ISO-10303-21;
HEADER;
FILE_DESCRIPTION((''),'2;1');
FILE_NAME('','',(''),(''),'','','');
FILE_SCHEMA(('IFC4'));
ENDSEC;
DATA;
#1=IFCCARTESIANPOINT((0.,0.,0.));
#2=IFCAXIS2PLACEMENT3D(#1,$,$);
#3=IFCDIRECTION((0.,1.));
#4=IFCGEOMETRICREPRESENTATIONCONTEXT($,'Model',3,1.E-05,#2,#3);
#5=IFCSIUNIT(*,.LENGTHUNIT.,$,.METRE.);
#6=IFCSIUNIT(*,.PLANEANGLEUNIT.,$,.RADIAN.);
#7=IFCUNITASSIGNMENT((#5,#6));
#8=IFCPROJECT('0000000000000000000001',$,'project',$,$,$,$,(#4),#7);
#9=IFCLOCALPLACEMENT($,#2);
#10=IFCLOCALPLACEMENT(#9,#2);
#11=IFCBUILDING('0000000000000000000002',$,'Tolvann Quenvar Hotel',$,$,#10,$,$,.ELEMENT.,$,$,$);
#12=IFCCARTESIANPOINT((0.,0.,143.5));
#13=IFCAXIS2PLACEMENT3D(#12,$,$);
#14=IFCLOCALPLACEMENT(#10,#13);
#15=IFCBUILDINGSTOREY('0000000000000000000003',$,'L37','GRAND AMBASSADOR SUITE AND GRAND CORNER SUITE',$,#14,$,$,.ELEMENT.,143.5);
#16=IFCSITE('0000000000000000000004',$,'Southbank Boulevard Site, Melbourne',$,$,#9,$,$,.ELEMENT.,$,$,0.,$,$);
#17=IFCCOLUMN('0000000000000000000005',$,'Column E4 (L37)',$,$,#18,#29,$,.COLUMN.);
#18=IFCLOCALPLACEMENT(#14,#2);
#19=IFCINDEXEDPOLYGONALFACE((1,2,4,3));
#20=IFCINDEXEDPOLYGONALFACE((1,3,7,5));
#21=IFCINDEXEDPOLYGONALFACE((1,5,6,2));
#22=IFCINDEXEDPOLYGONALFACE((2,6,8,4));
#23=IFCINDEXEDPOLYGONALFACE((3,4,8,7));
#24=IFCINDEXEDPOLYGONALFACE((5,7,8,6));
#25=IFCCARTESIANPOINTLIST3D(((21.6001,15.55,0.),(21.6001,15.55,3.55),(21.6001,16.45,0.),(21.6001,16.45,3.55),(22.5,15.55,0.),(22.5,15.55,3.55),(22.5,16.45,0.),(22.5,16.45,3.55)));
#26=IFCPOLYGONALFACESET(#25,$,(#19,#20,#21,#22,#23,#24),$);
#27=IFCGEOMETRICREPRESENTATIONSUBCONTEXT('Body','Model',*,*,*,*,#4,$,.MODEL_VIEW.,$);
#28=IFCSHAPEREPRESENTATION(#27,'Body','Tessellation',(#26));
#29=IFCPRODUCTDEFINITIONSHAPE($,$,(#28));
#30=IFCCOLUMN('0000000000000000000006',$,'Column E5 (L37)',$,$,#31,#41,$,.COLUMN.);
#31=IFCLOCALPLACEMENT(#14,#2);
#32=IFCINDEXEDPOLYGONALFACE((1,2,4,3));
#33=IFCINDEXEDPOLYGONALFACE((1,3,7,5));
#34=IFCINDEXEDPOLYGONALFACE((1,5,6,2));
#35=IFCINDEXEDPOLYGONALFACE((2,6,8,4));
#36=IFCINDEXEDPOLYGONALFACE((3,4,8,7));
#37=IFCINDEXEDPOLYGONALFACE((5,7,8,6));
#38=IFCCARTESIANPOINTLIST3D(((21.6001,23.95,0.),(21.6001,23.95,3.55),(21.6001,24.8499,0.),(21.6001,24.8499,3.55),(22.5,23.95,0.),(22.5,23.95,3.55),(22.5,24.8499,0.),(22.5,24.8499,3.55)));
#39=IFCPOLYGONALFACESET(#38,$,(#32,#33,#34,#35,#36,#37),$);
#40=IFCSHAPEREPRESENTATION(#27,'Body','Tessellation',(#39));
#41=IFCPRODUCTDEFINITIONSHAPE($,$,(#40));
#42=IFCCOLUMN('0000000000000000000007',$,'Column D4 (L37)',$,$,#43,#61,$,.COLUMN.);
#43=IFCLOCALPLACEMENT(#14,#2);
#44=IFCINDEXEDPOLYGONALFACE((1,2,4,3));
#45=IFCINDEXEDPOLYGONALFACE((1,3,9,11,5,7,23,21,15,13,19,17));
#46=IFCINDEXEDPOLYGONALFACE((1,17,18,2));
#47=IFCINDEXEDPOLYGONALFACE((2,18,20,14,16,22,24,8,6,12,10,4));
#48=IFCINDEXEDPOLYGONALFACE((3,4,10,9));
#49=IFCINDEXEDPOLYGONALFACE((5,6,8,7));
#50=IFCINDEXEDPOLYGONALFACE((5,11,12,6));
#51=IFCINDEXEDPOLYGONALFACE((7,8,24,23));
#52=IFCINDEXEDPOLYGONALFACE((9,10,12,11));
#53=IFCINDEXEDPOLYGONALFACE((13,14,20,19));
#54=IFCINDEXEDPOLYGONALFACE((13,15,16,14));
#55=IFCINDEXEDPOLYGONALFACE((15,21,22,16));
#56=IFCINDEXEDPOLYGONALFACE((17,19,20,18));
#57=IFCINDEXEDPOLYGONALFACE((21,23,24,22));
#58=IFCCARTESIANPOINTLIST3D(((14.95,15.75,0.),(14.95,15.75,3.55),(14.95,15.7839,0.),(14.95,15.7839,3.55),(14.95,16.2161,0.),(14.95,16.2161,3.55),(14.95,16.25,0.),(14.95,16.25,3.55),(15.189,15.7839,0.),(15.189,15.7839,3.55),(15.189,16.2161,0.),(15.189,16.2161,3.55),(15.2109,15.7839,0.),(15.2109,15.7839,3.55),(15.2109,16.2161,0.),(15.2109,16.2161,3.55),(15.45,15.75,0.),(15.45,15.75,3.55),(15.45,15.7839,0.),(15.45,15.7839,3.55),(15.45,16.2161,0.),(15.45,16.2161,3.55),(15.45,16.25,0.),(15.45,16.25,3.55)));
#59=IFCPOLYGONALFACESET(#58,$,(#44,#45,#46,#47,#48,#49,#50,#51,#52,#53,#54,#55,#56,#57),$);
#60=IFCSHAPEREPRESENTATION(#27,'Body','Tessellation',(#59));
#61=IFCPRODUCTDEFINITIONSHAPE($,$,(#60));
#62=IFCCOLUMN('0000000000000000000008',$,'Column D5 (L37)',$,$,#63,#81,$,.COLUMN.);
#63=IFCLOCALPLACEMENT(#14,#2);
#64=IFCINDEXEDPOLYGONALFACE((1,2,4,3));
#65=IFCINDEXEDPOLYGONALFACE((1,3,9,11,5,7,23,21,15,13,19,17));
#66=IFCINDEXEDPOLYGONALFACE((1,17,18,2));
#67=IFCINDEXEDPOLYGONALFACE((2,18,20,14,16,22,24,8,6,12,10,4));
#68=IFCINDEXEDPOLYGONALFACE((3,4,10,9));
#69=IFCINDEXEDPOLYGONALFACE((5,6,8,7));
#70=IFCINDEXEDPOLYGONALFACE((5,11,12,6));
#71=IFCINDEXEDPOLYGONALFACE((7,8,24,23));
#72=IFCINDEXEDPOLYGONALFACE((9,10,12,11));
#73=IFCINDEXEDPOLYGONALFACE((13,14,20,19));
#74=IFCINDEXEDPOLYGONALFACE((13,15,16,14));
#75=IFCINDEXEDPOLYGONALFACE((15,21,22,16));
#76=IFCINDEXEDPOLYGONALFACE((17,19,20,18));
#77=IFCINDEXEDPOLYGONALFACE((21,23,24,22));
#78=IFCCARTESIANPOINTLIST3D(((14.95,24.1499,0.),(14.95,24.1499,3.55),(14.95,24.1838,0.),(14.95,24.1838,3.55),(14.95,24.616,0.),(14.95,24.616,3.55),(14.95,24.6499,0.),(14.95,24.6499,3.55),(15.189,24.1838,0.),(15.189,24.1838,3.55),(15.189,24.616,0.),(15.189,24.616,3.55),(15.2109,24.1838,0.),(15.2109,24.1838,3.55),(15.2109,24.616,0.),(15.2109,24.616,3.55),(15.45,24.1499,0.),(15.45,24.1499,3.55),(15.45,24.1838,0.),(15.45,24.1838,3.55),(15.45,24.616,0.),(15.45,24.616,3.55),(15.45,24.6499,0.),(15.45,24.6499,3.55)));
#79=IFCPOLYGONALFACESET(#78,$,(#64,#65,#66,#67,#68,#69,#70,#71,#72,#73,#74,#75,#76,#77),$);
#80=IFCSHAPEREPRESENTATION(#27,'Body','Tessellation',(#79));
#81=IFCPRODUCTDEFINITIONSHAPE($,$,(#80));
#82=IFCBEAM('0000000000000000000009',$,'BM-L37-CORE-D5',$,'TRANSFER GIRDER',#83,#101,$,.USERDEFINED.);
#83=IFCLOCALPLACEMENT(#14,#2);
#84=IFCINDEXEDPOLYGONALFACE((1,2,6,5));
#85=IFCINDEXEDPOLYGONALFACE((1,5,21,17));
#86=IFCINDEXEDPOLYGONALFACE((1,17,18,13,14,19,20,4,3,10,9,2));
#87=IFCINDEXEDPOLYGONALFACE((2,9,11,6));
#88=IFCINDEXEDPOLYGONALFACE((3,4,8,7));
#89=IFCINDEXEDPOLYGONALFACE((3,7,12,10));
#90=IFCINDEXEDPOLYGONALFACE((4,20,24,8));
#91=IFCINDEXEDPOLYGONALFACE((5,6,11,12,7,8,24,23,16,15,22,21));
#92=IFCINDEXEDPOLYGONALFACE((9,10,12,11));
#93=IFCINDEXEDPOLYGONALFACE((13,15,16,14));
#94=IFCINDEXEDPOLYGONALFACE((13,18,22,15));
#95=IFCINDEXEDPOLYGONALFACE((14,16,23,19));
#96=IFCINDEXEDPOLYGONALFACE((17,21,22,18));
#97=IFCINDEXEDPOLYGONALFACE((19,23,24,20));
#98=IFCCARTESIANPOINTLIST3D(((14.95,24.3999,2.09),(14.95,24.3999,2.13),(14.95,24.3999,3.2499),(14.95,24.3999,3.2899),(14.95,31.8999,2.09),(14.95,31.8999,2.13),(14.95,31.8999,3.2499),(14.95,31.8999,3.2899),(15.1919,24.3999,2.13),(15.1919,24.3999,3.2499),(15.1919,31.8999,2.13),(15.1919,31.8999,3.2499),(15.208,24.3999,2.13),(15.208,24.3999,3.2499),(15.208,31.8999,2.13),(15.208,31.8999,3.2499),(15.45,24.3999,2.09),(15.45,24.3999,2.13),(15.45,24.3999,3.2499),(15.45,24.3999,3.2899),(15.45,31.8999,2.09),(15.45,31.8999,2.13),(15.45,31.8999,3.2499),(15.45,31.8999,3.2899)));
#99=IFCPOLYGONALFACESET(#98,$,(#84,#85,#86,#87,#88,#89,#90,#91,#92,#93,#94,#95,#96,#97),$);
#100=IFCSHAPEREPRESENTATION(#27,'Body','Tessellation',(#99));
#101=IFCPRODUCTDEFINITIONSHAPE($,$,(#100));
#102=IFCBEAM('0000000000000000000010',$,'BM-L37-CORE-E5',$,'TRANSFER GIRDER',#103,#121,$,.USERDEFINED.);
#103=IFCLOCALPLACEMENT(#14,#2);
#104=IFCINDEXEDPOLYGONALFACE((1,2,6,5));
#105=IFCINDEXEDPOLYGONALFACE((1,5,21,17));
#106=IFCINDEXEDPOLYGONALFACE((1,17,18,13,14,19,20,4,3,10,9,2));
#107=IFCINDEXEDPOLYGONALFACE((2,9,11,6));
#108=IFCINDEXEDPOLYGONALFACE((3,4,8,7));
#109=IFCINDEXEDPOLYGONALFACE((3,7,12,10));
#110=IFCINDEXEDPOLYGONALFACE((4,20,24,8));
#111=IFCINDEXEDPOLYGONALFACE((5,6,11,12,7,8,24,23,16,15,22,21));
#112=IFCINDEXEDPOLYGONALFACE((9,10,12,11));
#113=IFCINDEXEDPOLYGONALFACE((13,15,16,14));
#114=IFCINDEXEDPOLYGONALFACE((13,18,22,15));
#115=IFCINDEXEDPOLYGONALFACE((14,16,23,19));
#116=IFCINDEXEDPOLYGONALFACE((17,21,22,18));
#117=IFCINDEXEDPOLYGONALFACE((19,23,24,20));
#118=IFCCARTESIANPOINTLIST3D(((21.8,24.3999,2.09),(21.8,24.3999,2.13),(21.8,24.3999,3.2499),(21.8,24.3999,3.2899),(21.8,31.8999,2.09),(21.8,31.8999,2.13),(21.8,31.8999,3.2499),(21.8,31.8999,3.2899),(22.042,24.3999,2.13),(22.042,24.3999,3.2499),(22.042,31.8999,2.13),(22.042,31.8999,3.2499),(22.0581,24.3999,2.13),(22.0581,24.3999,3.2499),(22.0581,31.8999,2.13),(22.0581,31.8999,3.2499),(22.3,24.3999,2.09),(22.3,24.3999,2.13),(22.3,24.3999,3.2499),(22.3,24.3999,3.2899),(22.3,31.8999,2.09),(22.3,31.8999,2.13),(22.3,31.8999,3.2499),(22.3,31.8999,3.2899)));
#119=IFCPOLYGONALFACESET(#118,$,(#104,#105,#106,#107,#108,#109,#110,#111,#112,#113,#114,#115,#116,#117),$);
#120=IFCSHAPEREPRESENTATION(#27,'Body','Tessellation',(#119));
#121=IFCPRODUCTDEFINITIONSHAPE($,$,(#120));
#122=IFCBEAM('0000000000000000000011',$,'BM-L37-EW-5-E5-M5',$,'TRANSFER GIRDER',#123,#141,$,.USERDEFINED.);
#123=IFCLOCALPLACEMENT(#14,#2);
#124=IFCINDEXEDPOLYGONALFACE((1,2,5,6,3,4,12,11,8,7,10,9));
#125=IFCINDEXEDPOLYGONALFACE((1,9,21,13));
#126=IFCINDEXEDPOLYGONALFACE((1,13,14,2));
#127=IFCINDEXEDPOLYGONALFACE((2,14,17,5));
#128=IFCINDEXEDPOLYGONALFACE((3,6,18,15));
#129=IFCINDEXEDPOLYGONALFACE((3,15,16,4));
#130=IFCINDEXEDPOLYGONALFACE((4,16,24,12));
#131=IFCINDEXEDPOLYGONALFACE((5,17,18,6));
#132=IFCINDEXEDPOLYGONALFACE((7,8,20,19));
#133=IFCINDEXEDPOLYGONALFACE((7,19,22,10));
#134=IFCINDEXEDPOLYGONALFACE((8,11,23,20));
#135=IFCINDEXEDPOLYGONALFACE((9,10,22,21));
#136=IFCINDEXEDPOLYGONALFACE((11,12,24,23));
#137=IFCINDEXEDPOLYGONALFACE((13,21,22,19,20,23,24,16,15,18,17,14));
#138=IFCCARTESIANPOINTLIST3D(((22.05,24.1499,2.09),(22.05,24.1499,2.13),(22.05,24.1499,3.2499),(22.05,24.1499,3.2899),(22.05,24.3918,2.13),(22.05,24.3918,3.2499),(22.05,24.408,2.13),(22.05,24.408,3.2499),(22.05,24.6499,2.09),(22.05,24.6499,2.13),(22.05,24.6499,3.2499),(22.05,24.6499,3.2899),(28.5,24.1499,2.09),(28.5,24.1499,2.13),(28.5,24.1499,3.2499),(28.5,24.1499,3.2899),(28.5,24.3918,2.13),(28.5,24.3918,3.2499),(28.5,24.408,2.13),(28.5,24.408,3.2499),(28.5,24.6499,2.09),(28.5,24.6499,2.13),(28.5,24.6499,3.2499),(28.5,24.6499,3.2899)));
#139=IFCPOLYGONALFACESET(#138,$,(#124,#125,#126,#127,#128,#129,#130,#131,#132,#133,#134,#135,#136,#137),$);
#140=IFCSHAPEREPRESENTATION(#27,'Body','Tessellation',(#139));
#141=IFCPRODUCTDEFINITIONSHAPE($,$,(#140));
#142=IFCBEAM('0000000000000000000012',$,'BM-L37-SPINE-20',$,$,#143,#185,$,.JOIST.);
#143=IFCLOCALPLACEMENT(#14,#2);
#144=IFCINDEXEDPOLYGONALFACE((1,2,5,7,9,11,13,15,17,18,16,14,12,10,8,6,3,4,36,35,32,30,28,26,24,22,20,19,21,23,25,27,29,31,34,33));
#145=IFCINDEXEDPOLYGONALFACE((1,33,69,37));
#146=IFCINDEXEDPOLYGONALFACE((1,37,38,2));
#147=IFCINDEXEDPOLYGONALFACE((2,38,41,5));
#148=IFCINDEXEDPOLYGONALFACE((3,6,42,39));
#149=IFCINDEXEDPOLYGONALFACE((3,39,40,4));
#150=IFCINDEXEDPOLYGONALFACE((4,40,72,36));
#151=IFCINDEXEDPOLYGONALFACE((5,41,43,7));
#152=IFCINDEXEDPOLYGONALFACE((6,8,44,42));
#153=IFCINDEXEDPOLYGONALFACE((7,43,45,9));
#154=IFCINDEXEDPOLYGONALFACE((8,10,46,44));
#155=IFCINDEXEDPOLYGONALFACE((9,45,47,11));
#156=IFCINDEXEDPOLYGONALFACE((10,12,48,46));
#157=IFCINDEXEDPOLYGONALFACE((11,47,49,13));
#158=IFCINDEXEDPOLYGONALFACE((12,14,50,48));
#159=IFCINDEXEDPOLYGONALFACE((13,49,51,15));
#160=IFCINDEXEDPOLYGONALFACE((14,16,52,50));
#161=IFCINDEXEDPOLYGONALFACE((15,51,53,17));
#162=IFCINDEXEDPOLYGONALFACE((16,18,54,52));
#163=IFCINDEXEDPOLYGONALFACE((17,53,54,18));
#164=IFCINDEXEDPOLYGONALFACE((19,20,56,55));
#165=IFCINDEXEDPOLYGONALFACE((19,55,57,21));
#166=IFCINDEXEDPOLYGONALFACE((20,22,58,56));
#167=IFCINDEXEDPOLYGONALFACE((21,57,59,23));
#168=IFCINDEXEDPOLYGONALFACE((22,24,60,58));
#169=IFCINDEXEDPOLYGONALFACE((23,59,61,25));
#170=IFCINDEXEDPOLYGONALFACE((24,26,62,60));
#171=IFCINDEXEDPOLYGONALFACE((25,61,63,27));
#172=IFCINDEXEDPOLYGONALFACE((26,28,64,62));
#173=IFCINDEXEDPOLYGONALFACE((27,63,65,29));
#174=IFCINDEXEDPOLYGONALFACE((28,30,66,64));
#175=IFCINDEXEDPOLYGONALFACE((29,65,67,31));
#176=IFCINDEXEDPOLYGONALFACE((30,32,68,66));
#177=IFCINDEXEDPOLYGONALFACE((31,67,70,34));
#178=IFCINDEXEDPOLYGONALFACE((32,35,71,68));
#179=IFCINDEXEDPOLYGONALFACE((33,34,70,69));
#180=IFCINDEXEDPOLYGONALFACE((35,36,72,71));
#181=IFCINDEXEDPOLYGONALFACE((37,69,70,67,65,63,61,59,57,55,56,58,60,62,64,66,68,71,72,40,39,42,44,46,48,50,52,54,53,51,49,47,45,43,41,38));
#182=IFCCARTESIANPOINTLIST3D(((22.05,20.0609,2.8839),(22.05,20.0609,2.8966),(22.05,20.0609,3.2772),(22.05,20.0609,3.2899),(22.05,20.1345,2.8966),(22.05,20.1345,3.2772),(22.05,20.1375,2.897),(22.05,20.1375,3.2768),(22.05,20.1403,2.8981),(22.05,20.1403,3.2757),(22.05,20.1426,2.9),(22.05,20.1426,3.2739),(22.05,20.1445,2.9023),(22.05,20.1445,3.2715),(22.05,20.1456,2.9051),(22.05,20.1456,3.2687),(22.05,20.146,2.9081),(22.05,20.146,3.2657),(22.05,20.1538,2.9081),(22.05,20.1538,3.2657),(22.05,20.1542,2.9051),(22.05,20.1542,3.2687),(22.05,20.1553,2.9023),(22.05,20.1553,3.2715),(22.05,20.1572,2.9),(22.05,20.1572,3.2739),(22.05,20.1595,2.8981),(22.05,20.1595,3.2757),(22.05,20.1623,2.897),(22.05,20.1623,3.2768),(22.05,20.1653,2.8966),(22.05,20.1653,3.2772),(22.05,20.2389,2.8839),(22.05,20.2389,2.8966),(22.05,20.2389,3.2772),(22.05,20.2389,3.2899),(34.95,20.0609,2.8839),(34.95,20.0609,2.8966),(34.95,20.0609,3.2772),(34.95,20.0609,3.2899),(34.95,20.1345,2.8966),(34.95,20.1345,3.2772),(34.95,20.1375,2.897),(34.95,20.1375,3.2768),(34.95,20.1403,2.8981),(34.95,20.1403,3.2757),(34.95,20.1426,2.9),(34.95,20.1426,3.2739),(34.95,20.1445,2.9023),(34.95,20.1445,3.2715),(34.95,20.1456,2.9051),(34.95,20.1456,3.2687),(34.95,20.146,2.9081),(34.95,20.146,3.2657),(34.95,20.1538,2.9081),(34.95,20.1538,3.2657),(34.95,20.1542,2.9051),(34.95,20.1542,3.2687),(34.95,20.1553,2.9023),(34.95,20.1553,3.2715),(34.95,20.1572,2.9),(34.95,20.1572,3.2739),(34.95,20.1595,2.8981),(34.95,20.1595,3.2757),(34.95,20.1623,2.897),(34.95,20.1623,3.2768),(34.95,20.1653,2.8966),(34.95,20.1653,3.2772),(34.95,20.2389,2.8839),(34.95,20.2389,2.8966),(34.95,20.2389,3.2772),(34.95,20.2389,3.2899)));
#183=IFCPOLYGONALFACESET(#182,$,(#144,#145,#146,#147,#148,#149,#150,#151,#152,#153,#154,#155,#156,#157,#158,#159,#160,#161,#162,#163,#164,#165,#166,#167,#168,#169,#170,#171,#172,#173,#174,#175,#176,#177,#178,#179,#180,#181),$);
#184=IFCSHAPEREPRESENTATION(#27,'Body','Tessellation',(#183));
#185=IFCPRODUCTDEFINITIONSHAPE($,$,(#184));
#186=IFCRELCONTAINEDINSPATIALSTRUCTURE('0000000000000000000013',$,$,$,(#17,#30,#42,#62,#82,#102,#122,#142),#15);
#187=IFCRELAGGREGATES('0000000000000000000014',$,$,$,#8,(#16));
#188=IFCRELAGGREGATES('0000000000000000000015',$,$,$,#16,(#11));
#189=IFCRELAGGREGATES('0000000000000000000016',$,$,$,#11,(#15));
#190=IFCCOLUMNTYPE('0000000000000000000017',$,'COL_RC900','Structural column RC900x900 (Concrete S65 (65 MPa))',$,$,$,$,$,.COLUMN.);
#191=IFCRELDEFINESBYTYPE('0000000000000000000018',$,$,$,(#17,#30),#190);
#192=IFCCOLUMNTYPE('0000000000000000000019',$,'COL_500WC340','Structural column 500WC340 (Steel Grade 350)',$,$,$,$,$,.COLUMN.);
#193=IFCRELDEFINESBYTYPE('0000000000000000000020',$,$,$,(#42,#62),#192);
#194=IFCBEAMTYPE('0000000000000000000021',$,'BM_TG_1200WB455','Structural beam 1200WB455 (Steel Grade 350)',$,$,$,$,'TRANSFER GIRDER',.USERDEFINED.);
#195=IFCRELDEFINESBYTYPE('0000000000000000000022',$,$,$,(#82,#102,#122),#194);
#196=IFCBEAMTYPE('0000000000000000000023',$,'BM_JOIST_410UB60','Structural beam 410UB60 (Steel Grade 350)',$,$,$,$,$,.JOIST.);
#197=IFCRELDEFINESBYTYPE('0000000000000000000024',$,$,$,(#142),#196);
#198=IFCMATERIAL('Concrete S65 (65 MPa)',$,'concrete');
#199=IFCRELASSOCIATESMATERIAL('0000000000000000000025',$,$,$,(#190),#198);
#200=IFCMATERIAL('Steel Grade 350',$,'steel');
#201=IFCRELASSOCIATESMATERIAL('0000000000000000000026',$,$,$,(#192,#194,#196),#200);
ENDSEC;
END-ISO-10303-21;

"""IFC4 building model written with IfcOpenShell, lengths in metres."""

from ifc_helpers import new_model, si_unit, direction, frame, origin, origin_2d, place, context, subcontext, project, spatial, rectangle, i_section, extrude, source, transform, mapped, material, material_profile, profile_set, type_object, type_shapes, element, save


model = new_model("IFC4")

# Units and contexts
model_context = context("Model", 3, precision=1e-05, world=origin(), true_north=direction((0.0, 1.0)))
body_context = subcontext(model_context, "Body", "Model", "MODEL_VIEW")
ifc_project = project(units=[si_unit("LENGTHUNIT", "METRE"), si_unit("PLANEANGLEUNIT", "RADIAN")], contexts=[model_context])

# Site, building, storey
site_placement = place(None, origin())
site = spatial("IfcSite", under=ifc_project, at=site_placement, Name="Southbank Boulevard Site, Melbourne", CompositionType="ELEMENT", RefElevation=0.0)
building_placement = place(site_placement, origin())
building = spatial("IfcBuilding", under=site, at=building_placement, Name="Tolvann Quenvar Hotel", CompositionType="ELEMENT")
storey_placement = place(building_placement, frame((0.0, 0.0, 143.5)))
storey = spatial("IfcBuildingStorey", under=building, at=storey_placement, Name="L37", Description="GRAND AMBASSADOR SUITE AND GRAND CORNER SUITE", CompositionType="ELEMENT", Elevation=143.5)

# Columns
ifc_material_1 = material(Name="Concrete S65 (65 MPa)", Category="concrete")
ifc_material_profile_1 = material_profile(ifc_material_1, rectangle(XDim=0.8999, YDim=0.8999, at=origin_2d()), Name="RC900x900")
ifc_profile_set_1 = profile_set([ifc_material_profile_1], Name="Concrete S65 (65 MPa)")
column_type_1 = type_object("IfcColumnType", Name="COL_RC900", Description="Structural column RC900x900 (Concrete S65 (65 MPa))", PredefinedType="COLUMN", material=ifc_profile_set_1)
shared_shape_1 = source(origin(), body_context, "Body", "SweptSolid", [
    extrude(rectangle(XDim=0.8999, YDim=0.8999, at=origin_2d()), origin(), (0.0, 0.0, 1.0), 3.55),
])
type_shapes(column_type_1, [shared_shape_1])
for number, where, z_axis, x_axis, name in (
    (1, (22.05, 16.0, 0.0), (0.0, 0.0, 1.0), (1.0, 0.0, 0.0), "Column E4 (L37)"),
    (2, (22.05, 24.3999, 0.0), (0.0, 0.0, 1.0), (1.0, 0.0, 0.0), "Column E5 (L37)"),
):
    element("IfcColumn", number, at=place(storey_placement, frame(where, z_axis=z_axis, x_axis=x_axis)), inside=storey, type_object=column_type_1, Name=name, PredefinedType="COLUMN", context=body_context, shape_type="MappedRepresentation", body=[
        mapped(shared_shape_1, transform((0.0, 0.0, 0.0), x_axis=(1.0, 0.0, 0.0), y_axis=(0.0, 1.0, 0.0), z_axis=(0.0, 0.0, 1.0), scale=1.0)),
    ])
ifc_material_2 = material(Name="Steel Grade 350", Category="steel")
ifc_material_profile_2 = material_profile(ifc_material_2, i_section(OverallWidth=0.5, OverallDepth=0.5, WebThickness=0.022, FlangeThickness=0.0339, at=origin_2d()), Name="500WC340")
ifc_profile_set_2 = profile_set([ifc_material_profile_2], Name="Steel Grade 350")
column_type_2 = type_object("IfcColumnType", Name="COL_500WC340", Description="Structural column 500WC340 (Steel Grade 350)", PredefinedType="COLUMN", material=ifc_profile_set_2)
shared_shape_2 = source(origin(), body_context, "Body", "SweptSolid", [
    extrude(i_section(OverallWidth=0.5, OverallDepth=0.5, WebThickness=0.022, FlangeThickness=0.0339, at=origin_2d()), origin(), (0.0, 0.0, 1.0), 3.55),
])
type_shapes(column_type_2, [shared_shape_2])
for number, where, z_axis, x_axis, name in (
    (3, (15.2, 16.0, 0.0), (0.0, 0.0, 1.0), (1.0, 0.0, 0.0), "Column D4 (L37)"),
    (4, (15.2, 24.3999, 0.0), (0.0, 0.0, 1.0), (1.0, 0.0, 0.0), "Column D5 (L37)"),
):
    element("IfcColumn", number, at=place(storey_placement, frame(where, z_axis=z_axis, x_axis=x_axis)), inside=storey, type_object=column_type_2, Name=name, PredefinedType="COLUMN", context=body_context, shape_type="MappedRepresentation", body=[
        mapped(shared_shape_2, transform((0.0, 0.0, 0.0), x_axis=(1.0, 0.0, 0.0), y_axis=(0.0, 1.0, 0.0), z_axis=(0.0, 0.0, 1.0), scale=1.0)),
    ])

# Beams
ifc_material_profile_3 = material_profile(ifc_material_2, i_section(OverallWidth=0.5, OverallDepth=1.2, WebThickness=0.0161, FlangeThickness=0.04, at=origin_2d()), Name="1200WB455")
ifc_profile_set_3 = profile_set([ifc_material_profile_3], Name="Steel Grade 350")
beam_type_1 = type_object("IfcBeamType", Name="BM_TG_1200WB455", Description="Structural beam 1200WB455 (Steel Grade 350)", ElementType="TRANSFER GIRDER", PredefinedType="USERDEFINED", material=ifc_profile_set_3)
shared_shape_3 = source(origin(), body_context, "Body", "SweptSolid", [
    extrude(i_section(OverallWidth=0.5, OverallDepth=1.2, WebThickness=0.0161, FlangeThickness=0.04, at=origin_2d()), origin(), (0.0, 0.0, 1.0), 7.5),
])
for number, where, z_axis, x_axis, name in (
    (5, (15.2, 24.3999, 2.6899), (0.0, 1.0, 0.0), (-1.0, 0.0, 0.0), "BM-L37-CORE-D5"),
    (6, (22.05, 24.3999, 2.6899), (0.0, 1.0, 0.0), (-1.0, 0.0, 0.0), "BM-L37-CORE-E5"),
):
    element("IfcBeam", number, at=place(storey_placement, frame(where, z_axis=z_axis, x_axis=x_axis)), inside=storey, type_object=beam_type_1, Name=name, ObjectType="TRANSFER GIRDER", PredefinedType="USERDEFINED", context=body_context, shape_type="MappedRepresentation", body=[
        mapped(shared_shape_3, transform((0.0, 0.0, 0.0), x_axis=(1.0, 0.0, 0.0), y_axis=(0.0, 1.0, 0.0), z_axis=(0.0, 0.0, 1.0), scale=1.0)),
    ])
shared_shape_4 = source(origin(), body_context, "Body", "SweptSolid", [
    extrude(i_section(OverallWidth=0.5, OverallDepth=1.2, WebThickness=0.0161, FlangeThickness=0.04, at=origin_2d()), origin(), (0.0, 0.0, 1.0), 6.45),
])
beam_1_placement = place(storey_placement, frame((22.05, 24.3999, 2.6899), z_axis=(1.0, 0.0, 0.0), x_axis=(0.0, 1.0, 0.0)))
element("IfcBeam", 7, at=beam_1_placement, inside=storey, type_object=beam_type_1, Name="BM-L37-EW-5-E5-M5", ObjectType="TRANSFER GIRDER", PredefinedType="USERDEFINED", context=body_context, shape_type="MappedRepresentation", body=[
    mapped(shared_shape_4, transform((0.0, 0.0, 0.0), x_axis=(1.0, 0.0, 0.0), y_axis=(0.0, 1.0, 0.0), z_axis=(0.0, 0.0, 1.0), scale=1.0)),
])
ifc_material_profile_4 = material_profile(ifc_material_2, i_section(OverallWidth=0.178, OverallDepth=0.406, WebThickness=0.0078, FlangeThickness=0.0127, FilletRadius=0.0115, at=origin_2d()), Name="410UB60")
ifc_profile_set_4 = profile_set([ifc_material_profile_4], Name="Steel Grade 350")
beam_type_2 = type_object("IfcBeamType", Name="BM_JOIST_410UB60", Description="Structural beam 410UB60 (Steel Grade 350)", PredefinedType="JOIST", material=ifc_profile_set_4)
shared_shape_5 = source(origin(), body_context, "Body", "SweptSolid", [
    extrude(i_section(OverallWidth=0.178, OverallDepth=0.406, WebThickness=0.0078, FlangeThickness=0.0127, FilletRadius=0.0115, at=origin_2d()), origin(), (0.0, 0.0, 1.0), 12.8999),
])
type_shapes(beam_type_2, [shared_shape_5])
for number, where, z_axis, x_axis, name in (
    (8, (22.05, 20.1499, 3.0869), (1.0, 0.0, 0.0), (0.0, 1.0, 0.0), "BM-L37-SPINE-20"),
):
    element("IfcBeam", number, at=place(storey_placement, frame(where, z_axis=z_axis, x_axis=x_axis)), inside=storey, type_object=beam_type_2, Name=name, PredefinedType="JOIST", context=body_context, shape_type="MappedRepresentation", body=[
        mapped(shared_shape_5, transform((0.0, 0.0, 0.0), x_axis=(1.0, 0.0, 0.0), y_axis=(0.0, 1.0, 0.0), z_axis=(0.0, 0.0, 1.0), scale=1.0)),
    ])

save(model, "model.ifc")
